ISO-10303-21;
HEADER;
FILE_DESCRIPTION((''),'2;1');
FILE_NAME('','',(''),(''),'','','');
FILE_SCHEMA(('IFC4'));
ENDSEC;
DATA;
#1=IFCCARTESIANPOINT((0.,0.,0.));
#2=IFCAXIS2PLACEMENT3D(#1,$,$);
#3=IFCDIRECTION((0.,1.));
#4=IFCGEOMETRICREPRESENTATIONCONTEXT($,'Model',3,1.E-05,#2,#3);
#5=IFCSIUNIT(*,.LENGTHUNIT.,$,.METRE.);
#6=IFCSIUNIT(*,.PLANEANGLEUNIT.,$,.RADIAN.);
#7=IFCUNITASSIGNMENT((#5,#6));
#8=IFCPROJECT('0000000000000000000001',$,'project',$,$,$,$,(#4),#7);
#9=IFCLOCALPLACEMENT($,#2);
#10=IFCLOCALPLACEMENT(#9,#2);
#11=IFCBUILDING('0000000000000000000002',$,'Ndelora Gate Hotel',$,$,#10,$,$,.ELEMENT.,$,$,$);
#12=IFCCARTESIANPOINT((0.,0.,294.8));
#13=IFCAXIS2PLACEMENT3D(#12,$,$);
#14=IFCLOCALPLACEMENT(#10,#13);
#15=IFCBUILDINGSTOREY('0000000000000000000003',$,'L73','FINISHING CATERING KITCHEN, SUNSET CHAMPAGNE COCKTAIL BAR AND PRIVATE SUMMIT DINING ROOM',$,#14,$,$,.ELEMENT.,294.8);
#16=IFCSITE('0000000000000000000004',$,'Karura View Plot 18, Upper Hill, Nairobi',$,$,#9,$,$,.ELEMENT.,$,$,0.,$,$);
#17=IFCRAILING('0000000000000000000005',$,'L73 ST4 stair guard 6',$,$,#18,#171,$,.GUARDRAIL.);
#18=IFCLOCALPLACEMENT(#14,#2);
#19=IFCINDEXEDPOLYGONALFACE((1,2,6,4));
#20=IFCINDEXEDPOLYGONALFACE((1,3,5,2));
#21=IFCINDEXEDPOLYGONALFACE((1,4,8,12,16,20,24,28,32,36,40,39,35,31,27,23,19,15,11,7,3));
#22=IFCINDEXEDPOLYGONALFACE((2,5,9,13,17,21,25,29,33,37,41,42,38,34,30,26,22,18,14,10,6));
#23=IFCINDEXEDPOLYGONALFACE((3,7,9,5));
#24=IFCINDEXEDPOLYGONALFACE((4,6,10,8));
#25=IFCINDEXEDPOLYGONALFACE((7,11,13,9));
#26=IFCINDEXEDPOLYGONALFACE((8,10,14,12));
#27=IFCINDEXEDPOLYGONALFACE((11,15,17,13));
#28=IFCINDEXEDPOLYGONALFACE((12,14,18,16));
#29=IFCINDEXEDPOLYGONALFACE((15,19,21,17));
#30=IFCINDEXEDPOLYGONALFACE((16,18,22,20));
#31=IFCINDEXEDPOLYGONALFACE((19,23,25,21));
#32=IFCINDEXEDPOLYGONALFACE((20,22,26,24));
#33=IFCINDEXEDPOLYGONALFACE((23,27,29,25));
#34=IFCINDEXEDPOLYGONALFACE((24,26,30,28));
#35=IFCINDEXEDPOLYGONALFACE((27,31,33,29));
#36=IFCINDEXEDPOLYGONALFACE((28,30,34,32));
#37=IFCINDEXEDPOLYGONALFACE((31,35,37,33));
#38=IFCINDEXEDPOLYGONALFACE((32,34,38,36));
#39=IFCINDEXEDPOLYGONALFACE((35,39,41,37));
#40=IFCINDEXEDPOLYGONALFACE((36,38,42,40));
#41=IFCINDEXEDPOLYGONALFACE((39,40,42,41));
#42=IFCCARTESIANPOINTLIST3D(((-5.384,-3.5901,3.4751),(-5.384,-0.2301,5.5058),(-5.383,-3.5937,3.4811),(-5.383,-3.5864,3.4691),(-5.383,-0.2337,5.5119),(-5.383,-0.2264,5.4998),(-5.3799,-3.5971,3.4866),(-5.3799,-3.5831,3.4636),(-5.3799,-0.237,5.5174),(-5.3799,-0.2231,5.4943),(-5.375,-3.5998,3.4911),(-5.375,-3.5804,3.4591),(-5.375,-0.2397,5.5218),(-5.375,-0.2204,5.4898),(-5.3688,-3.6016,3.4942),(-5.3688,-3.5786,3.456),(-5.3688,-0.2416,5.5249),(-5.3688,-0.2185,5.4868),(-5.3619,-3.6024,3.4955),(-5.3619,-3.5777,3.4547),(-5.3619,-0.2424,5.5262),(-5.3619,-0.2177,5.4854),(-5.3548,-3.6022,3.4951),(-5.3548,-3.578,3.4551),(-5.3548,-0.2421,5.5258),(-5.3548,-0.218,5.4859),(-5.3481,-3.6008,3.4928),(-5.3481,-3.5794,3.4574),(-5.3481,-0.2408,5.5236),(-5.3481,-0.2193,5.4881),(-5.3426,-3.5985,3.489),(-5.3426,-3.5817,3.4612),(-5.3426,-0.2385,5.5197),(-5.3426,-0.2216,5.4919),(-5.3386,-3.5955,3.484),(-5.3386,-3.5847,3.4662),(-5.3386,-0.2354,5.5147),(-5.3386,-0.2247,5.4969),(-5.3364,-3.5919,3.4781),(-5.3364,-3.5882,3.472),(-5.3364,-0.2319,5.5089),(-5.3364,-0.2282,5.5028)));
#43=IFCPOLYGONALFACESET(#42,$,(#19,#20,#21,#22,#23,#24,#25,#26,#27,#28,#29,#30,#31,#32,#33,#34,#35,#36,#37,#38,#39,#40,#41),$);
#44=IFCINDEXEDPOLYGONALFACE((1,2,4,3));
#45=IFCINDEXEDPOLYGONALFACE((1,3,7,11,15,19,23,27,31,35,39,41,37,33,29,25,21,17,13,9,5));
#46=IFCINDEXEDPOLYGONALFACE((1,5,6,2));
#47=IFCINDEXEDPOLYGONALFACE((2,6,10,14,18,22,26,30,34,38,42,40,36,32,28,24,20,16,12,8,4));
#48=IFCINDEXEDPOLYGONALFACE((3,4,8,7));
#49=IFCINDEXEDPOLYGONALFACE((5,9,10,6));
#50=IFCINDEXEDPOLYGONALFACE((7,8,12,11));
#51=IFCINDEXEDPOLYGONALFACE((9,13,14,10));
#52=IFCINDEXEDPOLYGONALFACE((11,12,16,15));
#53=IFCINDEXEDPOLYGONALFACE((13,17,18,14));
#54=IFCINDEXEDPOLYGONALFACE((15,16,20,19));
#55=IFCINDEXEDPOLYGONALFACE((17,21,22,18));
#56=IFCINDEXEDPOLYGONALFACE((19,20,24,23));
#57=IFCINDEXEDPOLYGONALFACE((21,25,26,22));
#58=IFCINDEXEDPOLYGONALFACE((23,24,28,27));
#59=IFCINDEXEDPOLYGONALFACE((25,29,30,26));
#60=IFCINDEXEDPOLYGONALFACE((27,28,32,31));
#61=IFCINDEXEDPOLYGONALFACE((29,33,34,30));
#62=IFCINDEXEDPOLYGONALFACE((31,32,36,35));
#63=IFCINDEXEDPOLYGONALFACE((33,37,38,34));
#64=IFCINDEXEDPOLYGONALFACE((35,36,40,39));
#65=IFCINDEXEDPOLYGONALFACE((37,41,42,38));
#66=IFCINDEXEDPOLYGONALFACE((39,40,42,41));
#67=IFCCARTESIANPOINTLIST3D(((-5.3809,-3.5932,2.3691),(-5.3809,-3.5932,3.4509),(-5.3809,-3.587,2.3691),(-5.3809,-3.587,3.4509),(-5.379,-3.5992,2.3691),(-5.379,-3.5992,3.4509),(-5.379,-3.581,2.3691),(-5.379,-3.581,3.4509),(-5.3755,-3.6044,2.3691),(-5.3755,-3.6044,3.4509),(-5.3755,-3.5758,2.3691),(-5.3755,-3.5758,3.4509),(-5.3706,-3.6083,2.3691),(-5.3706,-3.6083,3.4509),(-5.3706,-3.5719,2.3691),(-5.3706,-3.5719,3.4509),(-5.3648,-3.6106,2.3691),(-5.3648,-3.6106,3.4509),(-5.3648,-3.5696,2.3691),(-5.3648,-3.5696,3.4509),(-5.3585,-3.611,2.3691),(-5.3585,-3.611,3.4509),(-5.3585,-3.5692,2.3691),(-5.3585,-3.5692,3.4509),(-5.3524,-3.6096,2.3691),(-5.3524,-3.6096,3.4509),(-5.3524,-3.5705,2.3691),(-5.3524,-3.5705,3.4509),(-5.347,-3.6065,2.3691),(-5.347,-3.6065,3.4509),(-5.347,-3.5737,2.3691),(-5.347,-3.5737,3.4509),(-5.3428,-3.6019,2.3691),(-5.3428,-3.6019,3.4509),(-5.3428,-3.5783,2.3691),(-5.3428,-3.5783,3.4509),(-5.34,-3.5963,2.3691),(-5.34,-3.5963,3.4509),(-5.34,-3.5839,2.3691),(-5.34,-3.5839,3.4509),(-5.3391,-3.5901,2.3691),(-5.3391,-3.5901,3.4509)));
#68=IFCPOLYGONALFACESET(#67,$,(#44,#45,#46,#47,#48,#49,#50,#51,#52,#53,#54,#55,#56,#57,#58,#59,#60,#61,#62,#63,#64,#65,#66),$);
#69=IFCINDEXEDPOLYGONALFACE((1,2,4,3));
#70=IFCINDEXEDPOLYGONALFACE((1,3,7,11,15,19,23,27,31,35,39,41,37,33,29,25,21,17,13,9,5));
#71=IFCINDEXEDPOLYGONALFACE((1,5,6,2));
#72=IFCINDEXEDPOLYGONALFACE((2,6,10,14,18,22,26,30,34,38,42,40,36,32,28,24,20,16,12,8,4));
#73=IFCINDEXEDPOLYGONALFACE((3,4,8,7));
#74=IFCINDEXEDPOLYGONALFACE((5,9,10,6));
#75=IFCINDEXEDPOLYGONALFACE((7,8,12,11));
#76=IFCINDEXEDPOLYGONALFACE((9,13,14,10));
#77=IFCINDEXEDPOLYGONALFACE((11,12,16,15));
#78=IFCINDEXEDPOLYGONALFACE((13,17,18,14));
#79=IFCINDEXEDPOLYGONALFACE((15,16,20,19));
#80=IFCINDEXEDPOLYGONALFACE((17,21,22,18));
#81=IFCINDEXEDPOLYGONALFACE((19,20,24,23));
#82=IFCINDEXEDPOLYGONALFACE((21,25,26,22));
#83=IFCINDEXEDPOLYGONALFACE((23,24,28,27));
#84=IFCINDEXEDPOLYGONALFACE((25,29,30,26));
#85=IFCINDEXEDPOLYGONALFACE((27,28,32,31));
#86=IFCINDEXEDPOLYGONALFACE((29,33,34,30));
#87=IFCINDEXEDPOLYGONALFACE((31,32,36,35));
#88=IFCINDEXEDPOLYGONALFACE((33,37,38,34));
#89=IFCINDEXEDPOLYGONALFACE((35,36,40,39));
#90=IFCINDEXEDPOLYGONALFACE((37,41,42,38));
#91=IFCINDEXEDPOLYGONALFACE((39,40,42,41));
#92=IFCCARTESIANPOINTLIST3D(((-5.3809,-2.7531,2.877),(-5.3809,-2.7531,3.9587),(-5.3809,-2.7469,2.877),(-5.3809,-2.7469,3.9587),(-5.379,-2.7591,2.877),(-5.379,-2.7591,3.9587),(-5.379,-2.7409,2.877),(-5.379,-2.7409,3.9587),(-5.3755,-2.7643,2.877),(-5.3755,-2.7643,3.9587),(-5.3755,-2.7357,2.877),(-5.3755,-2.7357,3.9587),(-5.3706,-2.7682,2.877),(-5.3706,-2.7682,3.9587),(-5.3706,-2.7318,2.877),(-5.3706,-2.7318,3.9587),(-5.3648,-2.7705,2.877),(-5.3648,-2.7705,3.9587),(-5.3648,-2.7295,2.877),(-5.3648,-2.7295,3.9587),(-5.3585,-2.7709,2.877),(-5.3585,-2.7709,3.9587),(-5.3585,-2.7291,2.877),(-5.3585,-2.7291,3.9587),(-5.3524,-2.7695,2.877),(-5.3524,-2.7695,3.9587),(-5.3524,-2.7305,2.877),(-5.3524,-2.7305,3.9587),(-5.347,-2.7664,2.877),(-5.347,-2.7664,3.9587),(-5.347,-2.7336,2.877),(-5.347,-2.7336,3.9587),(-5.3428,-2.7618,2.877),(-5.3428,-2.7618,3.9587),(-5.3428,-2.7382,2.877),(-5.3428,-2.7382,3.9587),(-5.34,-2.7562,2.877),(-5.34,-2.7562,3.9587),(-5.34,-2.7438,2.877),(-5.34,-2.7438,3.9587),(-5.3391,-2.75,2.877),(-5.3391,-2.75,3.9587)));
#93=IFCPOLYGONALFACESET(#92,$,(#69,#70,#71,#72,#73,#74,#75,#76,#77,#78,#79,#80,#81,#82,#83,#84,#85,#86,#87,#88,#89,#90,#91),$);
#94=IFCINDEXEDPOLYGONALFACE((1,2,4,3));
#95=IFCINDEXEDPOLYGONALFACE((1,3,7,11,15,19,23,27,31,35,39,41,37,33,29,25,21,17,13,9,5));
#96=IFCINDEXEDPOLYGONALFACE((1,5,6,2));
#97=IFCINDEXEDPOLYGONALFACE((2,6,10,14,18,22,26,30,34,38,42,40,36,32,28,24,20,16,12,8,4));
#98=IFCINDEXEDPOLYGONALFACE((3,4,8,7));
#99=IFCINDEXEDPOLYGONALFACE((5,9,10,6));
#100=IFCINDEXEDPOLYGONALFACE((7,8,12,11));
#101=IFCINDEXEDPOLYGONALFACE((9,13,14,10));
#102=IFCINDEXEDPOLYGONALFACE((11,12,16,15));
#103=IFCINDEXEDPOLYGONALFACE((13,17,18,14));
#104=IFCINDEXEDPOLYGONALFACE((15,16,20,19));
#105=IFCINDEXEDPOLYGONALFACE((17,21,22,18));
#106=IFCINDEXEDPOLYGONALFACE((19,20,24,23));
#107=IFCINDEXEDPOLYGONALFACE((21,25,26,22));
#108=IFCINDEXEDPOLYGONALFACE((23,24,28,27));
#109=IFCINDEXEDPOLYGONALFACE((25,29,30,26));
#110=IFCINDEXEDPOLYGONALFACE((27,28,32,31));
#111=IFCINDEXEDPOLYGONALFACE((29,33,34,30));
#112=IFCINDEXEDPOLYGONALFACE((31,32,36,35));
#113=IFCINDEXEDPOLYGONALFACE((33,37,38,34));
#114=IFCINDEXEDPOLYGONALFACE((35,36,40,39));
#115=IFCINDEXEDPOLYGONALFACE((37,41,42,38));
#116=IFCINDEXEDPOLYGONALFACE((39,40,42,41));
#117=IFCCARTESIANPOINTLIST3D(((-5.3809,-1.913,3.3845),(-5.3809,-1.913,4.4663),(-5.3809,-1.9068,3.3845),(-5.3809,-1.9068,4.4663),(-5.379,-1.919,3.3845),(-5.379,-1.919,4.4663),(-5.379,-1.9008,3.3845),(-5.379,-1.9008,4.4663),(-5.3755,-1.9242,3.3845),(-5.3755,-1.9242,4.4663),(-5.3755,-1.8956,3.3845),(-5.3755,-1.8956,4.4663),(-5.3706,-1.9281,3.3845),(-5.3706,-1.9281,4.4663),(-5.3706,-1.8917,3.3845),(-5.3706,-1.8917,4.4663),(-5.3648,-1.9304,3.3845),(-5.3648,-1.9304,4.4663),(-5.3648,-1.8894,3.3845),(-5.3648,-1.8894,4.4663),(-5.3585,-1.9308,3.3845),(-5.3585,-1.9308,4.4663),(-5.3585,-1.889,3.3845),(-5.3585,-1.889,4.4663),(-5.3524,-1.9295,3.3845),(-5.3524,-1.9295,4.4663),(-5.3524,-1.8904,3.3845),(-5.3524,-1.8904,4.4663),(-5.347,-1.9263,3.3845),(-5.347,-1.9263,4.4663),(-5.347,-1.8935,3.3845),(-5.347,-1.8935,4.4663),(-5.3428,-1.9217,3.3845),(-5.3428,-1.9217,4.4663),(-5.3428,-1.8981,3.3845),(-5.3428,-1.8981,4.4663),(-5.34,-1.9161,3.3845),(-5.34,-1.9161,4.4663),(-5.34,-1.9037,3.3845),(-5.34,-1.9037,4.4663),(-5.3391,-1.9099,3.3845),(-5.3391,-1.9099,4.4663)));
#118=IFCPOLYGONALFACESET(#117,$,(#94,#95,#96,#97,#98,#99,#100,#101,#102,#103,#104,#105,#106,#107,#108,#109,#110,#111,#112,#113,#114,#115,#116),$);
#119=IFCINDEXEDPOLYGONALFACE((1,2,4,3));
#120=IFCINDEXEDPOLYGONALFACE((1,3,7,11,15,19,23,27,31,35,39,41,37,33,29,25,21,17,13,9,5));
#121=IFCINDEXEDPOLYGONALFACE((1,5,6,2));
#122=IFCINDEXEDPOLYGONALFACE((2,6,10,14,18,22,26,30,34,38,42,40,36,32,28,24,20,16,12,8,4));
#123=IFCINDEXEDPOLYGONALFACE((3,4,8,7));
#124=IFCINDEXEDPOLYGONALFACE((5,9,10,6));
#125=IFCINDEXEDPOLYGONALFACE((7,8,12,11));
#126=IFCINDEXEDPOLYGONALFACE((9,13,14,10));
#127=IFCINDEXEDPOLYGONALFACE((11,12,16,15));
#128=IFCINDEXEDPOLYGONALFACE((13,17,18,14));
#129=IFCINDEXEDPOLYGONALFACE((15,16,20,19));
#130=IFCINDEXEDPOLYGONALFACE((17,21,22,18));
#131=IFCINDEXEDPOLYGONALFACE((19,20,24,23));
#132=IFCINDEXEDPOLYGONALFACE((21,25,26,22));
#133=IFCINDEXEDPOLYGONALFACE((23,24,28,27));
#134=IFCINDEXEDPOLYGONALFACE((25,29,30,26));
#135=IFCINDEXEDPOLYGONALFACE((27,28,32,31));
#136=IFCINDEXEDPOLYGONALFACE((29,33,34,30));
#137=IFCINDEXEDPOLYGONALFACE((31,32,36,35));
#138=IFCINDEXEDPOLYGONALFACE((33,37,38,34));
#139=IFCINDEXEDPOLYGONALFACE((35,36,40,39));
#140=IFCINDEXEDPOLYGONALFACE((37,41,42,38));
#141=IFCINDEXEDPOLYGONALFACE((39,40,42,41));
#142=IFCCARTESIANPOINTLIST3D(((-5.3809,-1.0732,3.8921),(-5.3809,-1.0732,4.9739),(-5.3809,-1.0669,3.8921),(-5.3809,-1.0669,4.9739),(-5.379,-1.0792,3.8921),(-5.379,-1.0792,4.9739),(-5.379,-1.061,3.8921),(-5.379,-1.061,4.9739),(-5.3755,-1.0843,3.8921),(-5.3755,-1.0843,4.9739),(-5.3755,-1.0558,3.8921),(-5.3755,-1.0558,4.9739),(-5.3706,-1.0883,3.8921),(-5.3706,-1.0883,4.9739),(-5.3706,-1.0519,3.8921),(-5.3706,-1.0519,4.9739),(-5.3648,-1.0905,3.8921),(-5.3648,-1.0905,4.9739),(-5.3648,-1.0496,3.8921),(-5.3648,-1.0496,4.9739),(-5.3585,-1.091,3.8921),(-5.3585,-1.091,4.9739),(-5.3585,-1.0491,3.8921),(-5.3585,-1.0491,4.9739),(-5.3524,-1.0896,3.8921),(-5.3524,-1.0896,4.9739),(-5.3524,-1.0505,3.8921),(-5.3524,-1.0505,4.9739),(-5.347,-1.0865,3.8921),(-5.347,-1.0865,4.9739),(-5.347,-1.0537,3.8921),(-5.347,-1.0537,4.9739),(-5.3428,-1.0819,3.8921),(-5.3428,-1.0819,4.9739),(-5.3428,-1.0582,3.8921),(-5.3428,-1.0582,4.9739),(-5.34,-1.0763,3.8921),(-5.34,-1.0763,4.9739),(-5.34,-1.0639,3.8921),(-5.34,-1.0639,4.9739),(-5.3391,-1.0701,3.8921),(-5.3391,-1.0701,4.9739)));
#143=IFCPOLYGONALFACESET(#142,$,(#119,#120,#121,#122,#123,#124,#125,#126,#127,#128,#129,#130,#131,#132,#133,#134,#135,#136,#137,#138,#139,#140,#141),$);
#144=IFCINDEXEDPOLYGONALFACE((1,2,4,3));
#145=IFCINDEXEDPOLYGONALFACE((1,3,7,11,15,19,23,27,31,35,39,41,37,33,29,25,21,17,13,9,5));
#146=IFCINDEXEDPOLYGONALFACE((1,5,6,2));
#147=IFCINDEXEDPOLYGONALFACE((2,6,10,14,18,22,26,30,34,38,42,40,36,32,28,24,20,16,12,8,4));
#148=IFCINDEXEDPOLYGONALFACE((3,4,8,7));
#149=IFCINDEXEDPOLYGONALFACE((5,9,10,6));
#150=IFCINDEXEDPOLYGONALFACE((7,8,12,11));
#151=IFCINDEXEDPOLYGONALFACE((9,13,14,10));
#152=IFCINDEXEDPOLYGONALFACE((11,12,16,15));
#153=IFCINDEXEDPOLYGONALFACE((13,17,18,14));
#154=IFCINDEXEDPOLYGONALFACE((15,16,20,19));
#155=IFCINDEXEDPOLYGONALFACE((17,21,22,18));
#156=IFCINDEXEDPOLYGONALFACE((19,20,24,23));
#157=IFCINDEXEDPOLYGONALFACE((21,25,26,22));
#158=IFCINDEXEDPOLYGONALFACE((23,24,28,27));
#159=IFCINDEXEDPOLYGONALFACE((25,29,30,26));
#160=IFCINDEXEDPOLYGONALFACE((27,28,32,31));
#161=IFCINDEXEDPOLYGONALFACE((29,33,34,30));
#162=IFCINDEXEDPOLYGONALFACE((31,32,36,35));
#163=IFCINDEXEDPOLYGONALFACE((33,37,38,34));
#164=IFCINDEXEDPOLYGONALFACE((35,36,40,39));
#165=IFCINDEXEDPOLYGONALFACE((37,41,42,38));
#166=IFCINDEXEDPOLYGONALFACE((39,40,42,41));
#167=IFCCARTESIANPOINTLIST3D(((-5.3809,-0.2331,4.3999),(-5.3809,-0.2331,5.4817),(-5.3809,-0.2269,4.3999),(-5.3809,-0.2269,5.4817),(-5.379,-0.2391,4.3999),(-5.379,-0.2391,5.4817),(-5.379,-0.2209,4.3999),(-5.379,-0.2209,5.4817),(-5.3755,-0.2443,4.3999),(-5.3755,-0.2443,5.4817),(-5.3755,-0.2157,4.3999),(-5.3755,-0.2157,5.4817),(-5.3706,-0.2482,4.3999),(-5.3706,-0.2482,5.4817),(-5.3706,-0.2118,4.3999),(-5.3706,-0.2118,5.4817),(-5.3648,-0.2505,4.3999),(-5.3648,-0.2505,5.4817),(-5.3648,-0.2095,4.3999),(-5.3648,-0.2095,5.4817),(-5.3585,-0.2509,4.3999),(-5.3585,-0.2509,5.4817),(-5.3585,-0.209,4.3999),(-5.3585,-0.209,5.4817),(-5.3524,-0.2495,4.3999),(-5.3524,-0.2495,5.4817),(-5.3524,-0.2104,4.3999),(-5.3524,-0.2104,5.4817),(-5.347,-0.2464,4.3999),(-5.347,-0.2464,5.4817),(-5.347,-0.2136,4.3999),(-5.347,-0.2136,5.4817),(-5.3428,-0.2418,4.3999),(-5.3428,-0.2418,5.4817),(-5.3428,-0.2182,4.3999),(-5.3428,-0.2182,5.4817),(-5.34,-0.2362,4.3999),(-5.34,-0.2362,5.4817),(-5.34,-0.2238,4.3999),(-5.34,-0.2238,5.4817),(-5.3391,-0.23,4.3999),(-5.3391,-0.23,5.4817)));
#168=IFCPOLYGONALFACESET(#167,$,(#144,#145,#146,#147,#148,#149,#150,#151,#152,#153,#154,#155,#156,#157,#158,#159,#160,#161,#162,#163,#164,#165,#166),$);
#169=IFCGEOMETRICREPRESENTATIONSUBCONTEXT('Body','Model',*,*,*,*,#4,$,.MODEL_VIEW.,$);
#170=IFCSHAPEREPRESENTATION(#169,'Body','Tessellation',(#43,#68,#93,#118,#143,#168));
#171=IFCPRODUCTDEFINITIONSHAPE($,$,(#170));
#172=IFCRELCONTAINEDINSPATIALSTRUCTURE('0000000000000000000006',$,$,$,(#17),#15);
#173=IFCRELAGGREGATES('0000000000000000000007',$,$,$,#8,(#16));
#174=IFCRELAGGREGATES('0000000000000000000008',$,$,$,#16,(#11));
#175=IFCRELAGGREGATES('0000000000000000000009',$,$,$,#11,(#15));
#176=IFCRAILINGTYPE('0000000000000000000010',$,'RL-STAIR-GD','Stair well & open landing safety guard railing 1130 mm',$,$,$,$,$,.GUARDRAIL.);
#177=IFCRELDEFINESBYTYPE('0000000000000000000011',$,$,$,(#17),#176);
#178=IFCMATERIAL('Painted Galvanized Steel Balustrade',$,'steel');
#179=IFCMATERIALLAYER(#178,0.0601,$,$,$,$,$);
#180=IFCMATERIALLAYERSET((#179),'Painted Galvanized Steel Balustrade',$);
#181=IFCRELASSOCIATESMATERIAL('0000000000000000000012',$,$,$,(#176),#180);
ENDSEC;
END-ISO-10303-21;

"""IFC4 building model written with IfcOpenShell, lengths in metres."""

from ifc_helpers import new_model, si_unit, direction, frame, origin, origin_2d, place, context, subcontext, project, spatial, circle, extrude, material, layer, layer_set, type_object, element, save


model = new_model("IFC4")

# Units and contexts
model_context = context("Model", 3, precision=1e-05, world=origin(), true_north=direction((0.0, 1.0)))
body_context = subcontext(model_context, "Body", "Model", "MODEL_VIEW")
ifc_project = project(units=[si_unit("LENGTHUNIT", "METRE"), si_unit("PLANEANGLEUNIT", "RADIAN")], contexts=[model_context])

# Site, building, storey
site_placement = place(None, origin())
site = spatial("IfcSite", under=ifc_project, at=site_placement, Name="Karura View Plot 18, Upper Hill, Nairobi", CompositionType="ELEMENT", RefElevation=0.0)
building_placement = place(site_placement, origin())
building = spatial("IfcBuilding", under=site, at=building_placement, Name="Ndelora Gate Hotel", CompositionType="ELEMENT")
storey_placement = place(building_placement, frame((0.0, 0.0, 294.8)))
storey = spatial("IfcBuildingStorey", under=building, at=storey_placement, Name="L73", Description="FINISHING CATERING KITCHEN, SUNSET CHAMPAGNE COCKTAIL BAR AND PRIVATE SUMMIT DINING ROOM", CompositionType="ELEMENT", Elevation=294.8)

# Railing
ifc_material_1 = material(Name="Painted Galvanized Steel Balustrade", Category="steel")
ifc_layer_1 = layer(ifc_material_1, 0.0601)
ifc_layer_set_1 = layer_set([ifc_layer_1], Name="Painted Galvanized Steel Balustrade")
railing_type_1 = type_object("IfcRailingType", Name="RL-STAIR-GD", Description="Stair well & open landing safety guard railing 1130 mm", PredefinedType="GUARDRAIL", material=ifc_layer_set_1)
railing_1_placement = place(storey_placement, frame((-5.3601, -3.5901, 2.3691)))
element("IfcRailing", 1, at=railing_1_placement, inside=storey, type_object=railing_type_1, Name="L73 ST4 stair guard 6", PredefinedType="GUARDRAIL", context=body_context, shape_type="SweptSolid", body=[
    extrude(circle(Radius=0.0239, at=origin_2d()), frame((0.0, 0.0, 1.106), z_axis=(0.0, 0.855837, 0.517246), x_axis=(-1.0, 0.0, 0.0)), (0.0, 0.0, 1.0), 3.926),
    extrude(circle(Radius=0.021, at=origin_2d()), origin(), (0.0, 0.0, 1.0), 1.0818),
    extrude(circle(Radius=0.021, at=origin_2d()), frame((0.0, 0.8401, 0.5078)), (0.0, 0.0, 1.0), 1.0818),
    extrude(circle(Radius=0.021, at=origin_2d()), frame((0.0, 1.6802, 1.0154)), (0.0, 0.0, 1.0), 1.0818),
    extrude(circle(Radius=0.021, at=origin_2d()), frame((0.0, 2.52, 1.5229)), (0.0, 0.0, 1.0), 1.0818),
    extrude(circle(Radius=0.021, at=origin_2d()), frame((0.0, 3.3601, 2.0308)), (0.0, 0.0, 1.0), 1.0818),
])

save(model, "model.ifc")
